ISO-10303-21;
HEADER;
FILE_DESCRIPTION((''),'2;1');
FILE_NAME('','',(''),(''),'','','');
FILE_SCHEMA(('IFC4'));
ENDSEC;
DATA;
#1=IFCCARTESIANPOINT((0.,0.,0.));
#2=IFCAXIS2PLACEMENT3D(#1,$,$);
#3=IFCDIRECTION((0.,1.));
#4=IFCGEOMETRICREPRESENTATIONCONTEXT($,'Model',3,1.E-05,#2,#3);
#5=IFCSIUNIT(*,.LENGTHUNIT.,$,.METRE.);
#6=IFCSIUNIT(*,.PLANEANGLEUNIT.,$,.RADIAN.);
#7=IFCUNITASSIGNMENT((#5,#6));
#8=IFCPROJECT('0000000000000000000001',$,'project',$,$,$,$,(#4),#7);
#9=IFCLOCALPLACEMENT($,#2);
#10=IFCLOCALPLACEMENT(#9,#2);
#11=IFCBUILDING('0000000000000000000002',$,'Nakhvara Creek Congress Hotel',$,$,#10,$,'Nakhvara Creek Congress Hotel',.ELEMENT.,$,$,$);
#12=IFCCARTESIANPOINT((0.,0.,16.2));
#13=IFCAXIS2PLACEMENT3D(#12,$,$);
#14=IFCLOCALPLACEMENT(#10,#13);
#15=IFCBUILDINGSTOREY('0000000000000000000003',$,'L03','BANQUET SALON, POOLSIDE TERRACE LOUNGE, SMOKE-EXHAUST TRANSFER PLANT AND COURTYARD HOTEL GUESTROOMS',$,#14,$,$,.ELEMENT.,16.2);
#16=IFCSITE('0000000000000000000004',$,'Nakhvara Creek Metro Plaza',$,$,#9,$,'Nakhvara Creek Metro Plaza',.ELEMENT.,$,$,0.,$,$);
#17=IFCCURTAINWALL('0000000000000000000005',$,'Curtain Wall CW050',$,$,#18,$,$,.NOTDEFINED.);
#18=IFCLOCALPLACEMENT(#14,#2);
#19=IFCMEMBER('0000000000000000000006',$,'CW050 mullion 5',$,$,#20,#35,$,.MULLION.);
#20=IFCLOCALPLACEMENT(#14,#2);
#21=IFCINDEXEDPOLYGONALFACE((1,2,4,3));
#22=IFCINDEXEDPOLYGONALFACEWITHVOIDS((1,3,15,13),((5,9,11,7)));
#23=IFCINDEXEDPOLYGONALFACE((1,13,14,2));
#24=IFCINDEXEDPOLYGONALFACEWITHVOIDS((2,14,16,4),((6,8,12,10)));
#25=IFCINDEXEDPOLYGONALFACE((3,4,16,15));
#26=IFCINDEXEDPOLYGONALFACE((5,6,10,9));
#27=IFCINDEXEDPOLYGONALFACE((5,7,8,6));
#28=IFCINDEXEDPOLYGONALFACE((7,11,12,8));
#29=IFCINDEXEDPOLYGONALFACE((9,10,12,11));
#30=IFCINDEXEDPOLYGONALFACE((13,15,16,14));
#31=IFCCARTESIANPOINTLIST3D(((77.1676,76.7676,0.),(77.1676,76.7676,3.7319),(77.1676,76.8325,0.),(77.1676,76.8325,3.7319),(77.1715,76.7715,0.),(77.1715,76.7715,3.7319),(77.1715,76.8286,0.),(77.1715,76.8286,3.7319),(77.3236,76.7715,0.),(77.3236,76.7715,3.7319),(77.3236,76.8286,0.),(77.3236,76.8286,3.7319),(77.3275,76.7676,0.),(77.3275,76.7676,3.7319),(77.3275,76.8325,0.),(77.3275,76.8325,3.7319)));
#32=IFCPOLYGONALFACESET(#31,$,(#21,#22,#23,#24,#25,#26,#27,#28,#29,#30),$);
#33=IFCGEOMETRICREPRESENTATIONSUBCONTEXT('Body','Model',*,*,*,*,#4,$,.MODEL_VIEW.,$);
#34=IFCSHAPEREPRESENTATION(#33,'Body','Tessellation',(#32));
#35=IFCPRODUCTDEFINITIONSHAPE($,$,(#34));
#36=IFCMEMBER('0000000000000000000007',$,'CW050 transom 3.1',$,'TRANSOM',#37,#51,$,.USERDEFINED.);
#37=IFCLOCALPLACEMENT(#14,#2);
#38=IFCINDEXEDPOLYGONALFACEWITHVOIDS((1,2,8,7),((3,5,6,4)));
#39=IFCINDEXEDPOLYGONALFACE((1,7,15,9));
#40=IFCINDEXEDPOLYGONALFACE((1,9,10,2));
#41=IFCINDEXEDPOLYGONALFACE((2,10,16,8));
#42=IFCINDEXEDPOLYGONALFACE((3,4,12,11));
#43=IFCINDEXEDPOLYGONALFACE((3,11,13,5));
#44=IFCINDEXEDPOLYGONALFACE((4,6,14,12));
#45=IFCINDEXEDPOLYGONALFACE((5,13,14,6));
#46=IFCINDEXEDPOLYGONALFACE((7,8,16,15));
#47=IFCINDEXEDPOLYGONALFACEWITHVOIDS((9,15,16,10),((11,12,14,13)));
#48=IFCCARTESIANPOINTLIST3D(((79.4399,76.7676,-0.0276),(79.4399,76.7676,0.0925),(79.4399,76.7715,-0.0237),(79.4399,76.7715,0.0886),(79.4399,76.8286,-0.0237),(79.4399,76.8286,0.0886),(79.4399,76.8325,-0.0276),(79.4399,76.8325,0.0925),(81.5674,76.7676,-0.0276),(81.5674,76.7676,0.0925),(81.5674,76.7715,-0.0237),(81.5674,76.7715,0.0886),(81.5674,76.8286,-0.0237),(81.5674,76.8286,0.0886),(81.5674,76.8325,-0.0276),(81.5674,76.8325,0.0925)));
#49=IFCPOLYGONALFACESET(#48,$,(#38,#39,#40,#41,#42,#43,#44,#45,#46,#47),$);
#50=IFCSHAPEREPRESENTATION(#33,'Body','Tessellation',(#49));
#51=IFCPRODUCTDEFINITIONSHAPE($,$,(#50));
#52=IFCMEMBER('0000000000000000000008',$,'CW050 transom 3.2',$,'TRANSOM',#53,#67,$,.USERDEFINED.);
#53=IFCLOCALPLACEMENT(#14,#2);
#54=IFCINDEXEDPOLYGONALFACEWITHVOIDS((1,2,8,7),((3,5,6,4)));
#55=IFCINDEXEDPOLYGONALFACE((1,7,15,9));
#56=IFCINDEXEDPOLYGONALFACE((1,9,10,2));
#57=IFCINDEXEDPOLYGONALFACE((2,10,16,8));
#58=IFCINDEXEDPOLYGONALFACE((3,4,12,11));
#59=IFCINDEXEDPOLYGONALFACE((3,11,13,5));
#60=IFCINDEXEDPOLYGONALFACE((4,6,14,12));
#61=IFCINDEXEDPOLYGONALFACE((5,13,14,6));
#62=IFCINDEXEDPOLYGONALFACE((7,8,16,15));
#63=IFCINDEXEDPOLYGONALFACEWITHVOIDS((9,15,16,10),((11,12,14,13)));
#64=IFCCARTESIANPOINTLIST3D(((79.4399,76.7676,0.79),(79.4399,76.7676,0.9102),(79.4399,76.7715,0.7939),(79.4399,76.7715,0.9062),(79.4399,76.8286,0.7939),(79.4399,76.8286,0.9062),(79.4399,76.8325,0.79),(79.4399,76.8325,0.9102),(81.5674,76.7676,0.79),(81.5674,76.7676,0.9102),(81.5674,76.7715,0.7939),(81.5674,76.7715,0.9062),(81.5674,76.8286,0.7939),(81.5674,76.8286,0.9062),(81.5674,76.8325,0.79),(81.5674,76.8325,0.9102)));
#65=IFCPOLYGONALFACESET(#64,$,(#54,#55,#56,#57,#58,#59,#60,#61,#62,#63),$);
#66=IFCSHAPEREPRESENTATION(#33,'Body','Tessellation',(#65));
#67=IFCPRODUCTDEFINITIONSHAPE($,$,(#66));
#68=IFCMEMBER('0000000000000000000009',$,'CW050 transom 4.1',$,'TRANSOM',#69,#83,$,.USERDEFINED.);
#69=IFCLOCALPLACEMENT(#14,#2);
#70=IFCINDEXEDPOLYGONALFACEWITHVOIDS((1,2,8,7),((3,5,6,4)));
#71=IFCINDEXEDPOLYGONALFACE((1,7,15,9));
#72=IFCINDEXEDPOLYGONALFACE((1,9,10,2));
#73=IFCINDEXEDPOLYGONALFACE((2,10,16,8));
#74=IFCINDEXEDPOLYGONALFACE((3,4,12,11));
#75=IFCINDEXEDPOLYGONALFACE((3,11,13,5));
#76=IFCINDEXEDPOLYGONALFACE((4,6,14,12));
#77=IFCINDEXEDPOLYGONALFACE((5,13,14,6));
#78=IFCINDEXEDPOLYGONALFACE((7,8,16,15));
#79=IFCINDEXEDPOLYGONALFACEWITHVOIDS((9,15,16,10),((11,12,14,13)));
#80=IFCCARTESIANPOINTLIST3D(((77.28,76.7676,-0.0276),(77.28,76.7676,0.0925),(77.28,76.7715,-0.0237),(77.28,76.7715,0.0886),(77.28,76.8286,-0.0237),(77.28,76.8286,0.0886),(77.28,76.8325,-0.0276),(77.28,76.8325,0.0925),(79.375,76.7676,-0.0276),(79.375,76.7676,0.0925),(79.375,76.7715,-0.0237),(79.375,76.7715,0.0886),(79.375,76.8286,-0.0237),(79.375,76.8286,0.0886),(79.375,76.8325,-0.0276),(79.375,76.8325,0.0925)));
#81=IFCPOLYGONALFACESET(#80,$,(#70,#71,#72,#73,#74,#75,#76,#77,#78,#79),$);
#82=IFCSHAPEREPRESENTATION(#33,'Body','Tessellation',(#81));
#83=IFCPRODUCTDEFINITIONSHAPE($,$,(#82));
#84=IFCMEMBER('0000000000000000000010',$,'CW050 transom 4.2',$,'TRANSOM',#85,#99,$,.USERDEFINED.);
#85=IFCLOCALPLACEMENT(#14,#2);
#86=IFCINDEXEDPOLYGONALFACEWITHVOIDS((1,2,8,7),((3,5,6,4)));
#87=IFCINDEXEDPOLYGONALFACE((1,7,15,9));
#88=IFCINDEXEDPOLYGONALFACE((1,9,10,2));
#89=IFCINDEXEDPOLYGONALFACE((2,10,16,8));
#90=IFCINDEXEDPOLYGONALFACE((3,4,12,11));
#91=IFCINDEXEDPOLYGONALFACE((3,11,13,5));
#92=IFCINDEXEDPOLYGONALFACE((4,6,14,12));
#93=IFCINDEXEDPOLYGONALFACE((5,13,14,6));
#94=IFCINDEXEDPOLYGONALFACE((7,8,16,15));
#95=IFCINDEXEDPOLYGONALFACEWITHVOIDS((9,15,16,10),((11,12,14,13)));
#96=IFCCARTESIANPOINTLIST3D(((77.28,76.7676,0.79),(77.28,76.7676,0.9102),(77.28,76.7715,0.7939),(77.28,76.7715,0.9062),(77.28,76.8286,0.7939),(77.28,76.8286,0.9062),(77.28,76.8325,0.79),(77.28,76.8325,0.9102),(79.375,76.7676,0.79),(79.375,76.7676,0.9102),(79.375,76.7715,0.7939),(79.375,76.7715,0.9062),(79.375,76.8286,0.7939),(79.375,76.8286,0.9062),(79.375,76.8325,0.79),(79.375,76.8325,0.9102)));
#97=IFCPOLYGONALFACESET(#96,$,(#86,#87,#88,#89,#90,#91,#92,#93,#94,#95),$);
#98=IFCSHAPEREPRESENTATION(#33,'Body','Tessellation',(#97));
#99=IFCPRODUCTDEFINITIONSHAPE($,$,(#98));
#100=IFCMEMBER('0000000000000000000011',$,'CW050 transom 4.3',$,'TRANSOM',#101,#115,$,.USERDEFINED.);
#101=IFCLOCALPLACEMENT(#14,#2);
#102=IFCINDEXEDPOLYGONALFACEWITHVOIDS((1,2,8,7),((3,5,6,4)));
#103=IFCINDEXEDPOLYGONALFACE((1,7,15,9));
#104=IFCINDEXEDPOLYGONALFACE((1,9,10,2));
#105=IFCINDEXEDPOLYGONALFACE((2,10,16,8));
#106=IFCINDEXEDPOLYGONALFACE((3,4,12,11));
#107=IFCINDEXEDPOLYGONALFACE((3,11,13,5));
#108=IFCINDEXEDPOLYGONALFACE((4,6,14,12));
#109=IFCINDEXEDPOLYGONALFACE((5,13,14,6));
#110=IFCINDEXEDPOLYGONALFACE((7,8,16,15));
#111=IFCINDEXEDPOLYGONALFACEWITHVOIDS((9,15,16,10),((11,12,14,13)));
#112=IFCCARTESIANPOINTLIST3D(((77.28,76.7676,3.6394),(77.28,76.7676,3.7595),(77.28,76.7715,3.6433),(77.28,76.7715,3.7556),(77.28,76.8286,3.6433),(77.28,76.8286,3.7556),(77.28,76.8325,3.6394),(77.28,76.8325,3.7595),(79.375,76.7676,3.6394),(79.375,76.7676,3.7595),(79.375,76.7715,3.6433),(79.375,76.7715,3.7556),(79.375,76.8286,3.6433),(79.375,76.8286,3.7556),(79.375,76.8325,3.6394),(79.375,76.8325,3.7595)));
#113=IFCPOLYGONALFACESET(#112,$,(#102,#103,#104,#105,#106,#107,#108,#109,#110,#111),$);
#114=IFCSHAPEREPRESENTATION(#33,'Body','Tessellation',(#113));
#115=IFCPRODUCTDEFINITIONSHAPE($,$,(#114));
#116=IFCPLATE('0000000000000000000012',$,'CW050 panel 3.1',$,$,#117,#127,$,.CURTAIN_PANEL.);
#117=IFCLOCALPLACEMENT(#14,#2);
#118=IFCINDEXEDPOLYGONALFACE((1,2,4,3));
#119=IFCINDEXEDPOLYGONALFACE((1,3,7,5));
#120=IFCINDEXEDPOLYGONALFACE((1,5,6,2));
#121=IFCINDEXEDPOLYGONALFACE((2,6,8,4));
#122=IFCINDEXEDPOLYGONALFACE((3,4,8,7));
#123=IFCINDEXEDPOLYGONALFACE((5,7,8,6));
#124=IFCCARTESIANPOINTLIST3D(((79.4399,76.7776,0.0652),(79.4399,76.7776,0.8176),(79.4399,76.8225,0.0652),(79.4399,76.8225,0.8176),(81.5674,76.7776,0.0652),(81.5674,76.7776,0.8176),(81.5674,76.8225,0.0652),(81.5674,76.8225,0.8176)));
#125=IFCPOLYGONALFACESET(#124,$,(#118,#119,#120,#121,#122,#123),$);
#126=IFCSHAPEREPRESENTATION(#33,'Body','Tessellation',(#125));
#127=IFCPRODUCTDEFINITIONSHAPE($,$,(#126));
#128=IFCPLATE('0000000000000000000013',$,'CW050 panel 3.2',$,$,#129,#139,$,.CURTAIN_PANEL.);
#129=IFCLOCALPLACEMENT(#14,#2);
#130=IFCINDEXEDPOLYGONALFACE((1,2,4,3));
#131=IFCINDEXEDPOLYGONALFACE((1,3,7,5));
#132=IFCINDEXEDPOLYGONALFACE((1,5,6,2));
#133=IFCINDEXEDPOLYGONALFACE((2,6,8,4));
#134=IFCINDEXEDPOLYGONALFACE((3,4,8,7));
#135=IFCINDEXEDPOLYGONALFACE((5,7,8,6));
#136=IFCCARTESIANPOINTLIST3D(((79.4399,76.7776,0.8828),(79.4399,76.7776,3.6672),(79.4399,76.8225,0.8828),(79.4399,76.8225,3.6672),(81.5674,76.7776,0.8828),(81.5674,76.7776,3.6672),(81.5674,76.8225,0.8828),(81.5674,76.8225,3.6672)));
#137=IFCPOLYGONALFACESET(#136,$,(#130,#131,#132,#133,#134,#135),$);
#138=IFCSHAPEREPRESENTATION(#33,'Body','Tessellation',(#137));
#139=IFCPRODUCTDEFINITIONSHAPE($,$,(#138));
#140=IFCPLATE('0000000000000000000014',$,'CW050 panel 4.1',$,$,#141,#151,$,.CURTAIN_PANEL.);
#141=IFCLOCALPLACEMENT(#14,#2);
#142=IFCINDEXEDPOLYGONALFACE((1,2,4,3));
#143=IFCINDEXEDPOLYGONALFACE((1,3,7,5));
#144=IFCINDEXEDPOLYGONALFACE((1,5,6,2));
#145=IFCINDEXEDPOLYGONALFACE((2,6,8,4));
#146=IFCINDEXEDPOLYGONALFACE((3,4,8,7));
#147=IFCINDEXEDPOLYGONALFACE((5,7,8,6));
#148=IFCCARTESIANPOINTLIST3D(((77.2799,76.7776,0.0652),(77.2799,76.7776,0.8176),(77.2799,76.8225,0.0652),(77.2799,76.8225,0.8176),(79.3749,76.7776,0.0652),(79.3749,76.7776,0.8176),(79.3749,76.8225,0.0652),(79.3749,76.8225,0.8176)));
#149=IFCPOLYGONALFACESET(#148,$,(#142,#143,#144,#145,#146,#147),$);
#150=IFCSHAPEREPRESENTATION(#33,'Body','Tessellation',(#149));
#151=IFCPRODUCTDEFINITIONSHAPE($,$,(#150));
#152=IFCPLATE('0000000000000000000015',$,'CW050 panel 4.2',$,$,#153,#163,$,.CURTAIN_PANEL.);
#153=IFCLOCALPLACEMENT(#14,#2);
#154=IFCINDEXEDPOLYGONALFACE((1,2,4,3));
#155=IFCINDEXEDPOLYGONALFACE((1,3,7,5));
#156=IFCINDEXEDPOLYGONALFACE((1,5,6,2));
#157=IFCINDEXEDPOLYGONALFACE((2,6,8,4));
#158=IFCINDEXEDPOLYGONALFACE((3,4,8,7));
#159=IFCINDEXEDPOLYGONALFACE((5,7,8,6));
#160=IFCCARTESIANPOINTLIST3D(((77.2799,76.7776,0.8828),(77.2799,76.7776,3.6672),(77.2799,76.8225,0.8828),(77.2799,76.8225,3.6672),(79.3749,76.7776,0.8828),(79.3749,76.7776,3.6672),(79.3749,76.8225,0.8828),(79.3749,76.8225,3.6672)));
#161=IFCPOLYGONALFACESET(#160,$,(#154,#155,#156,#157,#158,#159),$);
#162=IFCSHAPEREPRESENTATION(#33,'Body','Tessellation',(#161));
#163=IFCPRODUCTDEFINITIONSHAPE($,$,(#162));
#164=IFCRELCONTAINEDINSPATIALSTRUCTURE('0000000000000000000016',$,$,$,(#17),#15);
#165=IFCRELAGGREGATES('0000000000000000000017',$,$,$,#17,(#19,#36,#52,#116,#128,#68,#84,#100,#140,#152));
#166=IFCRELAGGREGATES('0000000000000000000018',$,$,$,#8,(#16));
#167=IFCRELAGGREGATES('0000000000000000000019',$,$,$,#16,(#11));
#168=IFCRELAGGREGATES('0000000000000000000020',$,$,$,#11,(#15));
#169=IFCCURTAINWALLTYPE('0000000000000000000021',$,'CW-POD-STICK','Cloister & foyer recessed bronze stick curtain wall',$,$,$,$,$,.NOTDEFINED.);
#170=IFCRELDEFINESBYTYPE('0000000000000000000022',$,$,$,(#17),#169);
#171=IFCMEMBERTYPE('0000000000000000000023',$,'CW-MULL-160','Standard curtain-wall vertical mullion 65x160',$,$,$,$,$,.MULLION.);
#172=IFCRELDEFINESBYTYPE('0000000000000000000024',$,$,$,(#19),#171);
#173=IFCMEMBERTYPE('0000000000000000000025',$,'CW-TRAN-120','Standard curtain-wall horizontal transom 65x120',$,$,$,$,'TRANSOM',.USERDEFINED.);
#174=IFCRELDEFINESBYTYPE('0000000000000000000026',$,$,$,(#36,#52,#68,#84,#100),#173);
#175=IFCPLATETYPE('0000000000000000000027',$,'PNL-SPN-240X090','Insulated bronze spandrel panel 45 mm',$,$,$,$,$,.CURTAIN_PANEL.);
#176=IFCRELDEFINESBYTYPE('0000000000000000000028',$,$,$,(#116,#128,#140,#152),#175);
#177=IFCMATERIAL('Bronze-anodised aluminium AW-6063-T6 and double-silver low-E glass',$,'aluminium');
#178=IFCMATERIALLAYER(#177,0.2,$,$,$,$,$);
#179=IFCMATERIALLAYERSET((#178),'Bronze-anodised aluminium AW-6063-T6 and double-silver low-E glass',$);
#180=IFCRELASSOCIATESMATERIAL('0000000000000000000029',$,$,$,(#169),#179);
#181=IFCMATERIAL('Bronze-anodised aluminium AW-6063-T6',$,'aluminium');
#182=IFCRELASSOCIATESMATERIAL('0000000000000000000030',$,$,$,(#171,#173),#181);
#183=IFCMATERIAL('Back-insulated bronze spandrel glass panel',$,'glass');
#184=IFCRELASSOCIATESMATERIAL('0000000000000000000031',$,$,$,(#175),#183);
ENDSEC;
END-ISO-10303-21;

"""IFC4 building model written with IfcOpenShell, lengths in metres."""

from ifc_helpers import new_model, si_unit, direction, frame, origin, origin_2d, place, context, subcontext, project, spatial, rectangle, hollow_rectangle, extrude, material, layer, layer_set, material_profile, profile_set, type_object, element, aggregate, save


model = new_model("IFC4")

# Units and contexts
model_context = context("Model", 3, precision=1e-05, world=origin(), true_north=direction((0.0, 1.0)))
body_context = subcontext(model_context, "Body", "Model", "MODEL_VIEW")
ifc_project = project(units=[si_unit("LENGTHUNIT", "METRE"), si_unit("PLANEANGLEUNIT", "RADIAN")], contexts=[model_context])

# Site, building, storey
site_placement = place(None, origin())
site = spatial("IfcSite", under=ifc_project, at=site_placement, Name="Nakhvara Creek Metro Plaza", LongName="Nakhvara Creek Metro Plaza", CompositionType="ELEMENT", RefElevation=0.0)
building_placement = place(site_placement, origin())
building = spatial("IfcBuilding", under=site, at=building_placement, Name="Nakhvara Creek Congress Hotel", LongName="Nakhvara Creek Congress Hotel", CompositionType="ELEMENT")
storey_placement = place(building_placement, frame((0.0, 0.0, 16.2)))
storey = spatial("IfcBuildingStorey", under=building, at=storey_placement, Name="L03", Description="BANQUET SALON, POOLSIDE TERRACE LOUNGE, SMOKE-EXHAUST TRANSFER PLANT AND COURTYARD HOTEL GUESTROOMS", CompositionType="ELEMENT", Elevation=16.2)

# Curtain wall, members, plates
ifc_material_1 = material(Name="Bronze-anodised aluminium AW-6063-T6 and double-silver low-E glass", Category="aluminium")
ifc_layer_1 = layer(ifc_material_1, 0.2)
ifc_layer_set_1 = layer_set([ifc_layer_1], Name="Bronze-anodised aluminium AW-6063-T6 and double-silver low-E glass")
curtain_wall_type = type_object("IfcCurtainWallType", Name="CW-POD-STICK", Description="Cloister & foyer recessed bronze stick curtain wall", PredefinedType="NOTDEFINED", material=ifc_layer_set_1)
curtain_wall_placement = place(storey_placement, origin())
curtain_wall = element("IfcCurtainWall", 1, at=curtain_wall_placement, inside=storey, type_object=curtain_wall_type, Name="Curtain Wall CW050", PredefinedType="NOTDEFINED")
ifc_material_2 = material(Name="Bronze-anodised aluminium AW-6063-T6", Category="aluminium")
ifc_material_profile_1 = material_profile(ifc_material_2, hollow_rectangle(XDim=0.0649, YDim=0.1599, WallThickness=0.0039, at=origin_2d()), Name="ALU-MULL 65x160x4", Category="LoadBearing")
ifc_profile_set_1 = profile_set([ifc_material_profile_1], Name="Bronze-anodised aluminium AW-6063-T6")
member_type_1 = type_object("IfcMemberType", Name="CW-MULL-160", Description="Standard curtain-wall vertical mullion 65x160", PredefinedType="MULLION", material=ifc_profile_set_1)
member_1_placement = place(storey_placement, frame((77.2476, 76.8, 0.0), z_axis=(0.0, 0.0, 1.0), x_axis=(0.0, -1.0, 0.0)))
member_1 = element("IfcMember", 2, at=member_1_placement, type_object=member_type_1, Name="CW050 mullion 5", PredefinedType="MULLION", context=body_context, shape_type="SweptSolid", body=[
    extrude(hollow_rectangle(XDim=0.0649, YDim=0.1599, WallThickness=0.0039, at=origin_2d()), origin(), (0.0, 0.0, 1.0), 3.7319),
])
ifc_material_profile_2 = material_profile(ifc_material_2, hollow_rectangle(XDim=0.0649, YDim=0.1201, WallThickness=0.0039, at=origin_2d()), Name="ALU-TRAN 65x120x4", Category="LoadBearing")
ifc_profile_set_2 = profile_set([ifc_material_profile_2], Name="Bronze-anodised aluminium AW-6063-T6")
member_type_2 = type_object("IfcMemberType", Name="CW-TRAN-120", Description="Standard curtain-wall horizontal transom 65x120", ElementType="TRANSOM", PredefinedType="USERDEFINED", material=ifc_profile_set_2)
member_2_placement = place(storey_placement, frame((81.5674, 76.8, 0.0325), z_axis=(-1.0, 0.0, 0.0), x_axis=(0.0, -1.0, 0.0)))
member_2 = element("IfcMember", 3, at=member_2_placement, type_object=member_type_2, Name="CW050 transom 3.1", ObjectType="TRANSOM", PredefinedType="USERDEFINED", context=body_context, shape_type="SweptSolid", body=[
    extrude(hollow_rectangle(XDim=0.0649, YDim=0.1201, WallThickness=0.0039, at=origin_2d()), origin(), (0.0, 0.0, 1.0), 2.1274),
])
member_3_placement = place(storey_placement, frame((81.5674, 76.8, 0.8501), z_axis=(-1.0, 0.0, 0.0), x_axis=(0.0, -1.0, 0.0)))
member_3 = element("IfcMember", 4, at=member_3_placement, type_object=member_type_2, Name="CW050 transom 3.2", ObjectType="TRANSOM", PredefinedType="USERDEFINED", context=body_context, shape_type="SweptSolid", body=[
    extrude(hollow_rectangle(XDim=0.0649, YDim=0.1201, WallThickness=0.0039, at=origin_2d()), origin(), (0.0, 0.0, 1.0), 2.1274),
])
member_4_placement = place(storey_placement, frame((79.375, 76.8, 0.0325), z_axis=(-1.0, 0.0, 0.0), x_axis=(0.0, -1.0, 0.0)))
member_4 = element("IfcMember", 5, at=member_4_placement, type_object=member_type_2, Name="CW050 transom 4.1", ObjectType="TRANSOM", PredefinedType="USERDEFINED", context=body_context, shape_type="SweptSolid", body=[
    extrude(hollow_rectangle(XDim=0.0649, YDim=0.1201, WallThickness=0.0039, at=origin_2d()), origin(), (0.0, 0.0, 1.0), 2.095),
])
member_5_placement = place(storey_placement, frame((79.375, 76.8, 0.8501), z_axis=(-1.0, 0.0, 0.0), x_axis=(0.0, -1.0, 0.0)))
member_5 = element("IfcMember", 6, at=member_5_placement, type_object=member_type_2, Name="CW050 transom 4.2", ObjectType="TRANSOM", PredefinedType="USERDEFINED", context=body_context, shape_type="SweptSolid", body=[
    extrude(hollow_rectangle(XDim=0.0649, YDim=0.1201, WallThickness=0.0039, at=origin_2d()), origin(), (0.0, 0.0, 1.0), 2.095),
])
member_6_placement = place(storey_placement, frame((79.375, 76.8, 3.6995), z_axis=(-1.0, 0.0, 0.0), x_axis=(0.0, -1.0, 0.0)))
member_6 = element("IfcMember", 7, at=member_6_placement, type_object=member_type_2, Name="CW050 transom 4.3", ObjectType="TRANSOM", PredefinedType="USERDEFINED", context=body_context, shape_type="SweptSolid", body=[
    extrude(hollow_rectangle(XDim=0.0649, YDim=0.1201, WallThickness=0.0039, at=origin_2d()), origin(), (0.0, 0.0, 1.0), 2.095),
])
ifc_material_3 = material(Name="Back-insulated bronze spandrel glass panel", Category="glass")
plate_type = type_object("IfcPlateType", Name="PNL-SPN-240X090", Description="Insulated bronze spandrel panel 45 mm", PredefinedType="CURTAIN_PANEL", material=ifc_material_3)
plate_1_placement = place(storey_placement, frame((80.5037, 76.8, 0.0652), z_axis=(0.0, 0.0, 1.0), x_axis=(-1.0, 0.0, 0.0)))
plate_1 = element("IfcPlate", 8, at=plate_1_placement, type_object=plate_type, Name="CW050 panel 3.1", PredefinedType="CURTAIN_PANEL", context=body_context, shape_type="SweptSolid", body=[
    extrude(rectangle(XDim=2.1274, YDim=0.0449, at=origin_2d()), origin(), (0.0, 0.0, 1.0), 0.7524),
])
plate_2_placement = place(storey_placement, frame((80.5037, 76.8, 0.8828), z_axis=(0.0, 0.0, 1.0), x_axis=(-1.0, 0.0, 0.0)))
plate_2 = element("IfcPlate", 9, at=plate_2_placement, type_object=plate_type, Name="CW050 panel 3.2", PredefinedType="CURTAIN_PANEL", context=body_context, shape_type="SweptSolid", body=[
    extrude(rectangle(XDim=2.1274, YDim=0.0449, at=origin_2d()), origin(), (0.0, 0.0, 1.0), 2.7844),
])
plate_3_placement = place(storey_placement, frame((78.3274, 76.8, 0.0652), z_axis=(0.0, 0.0, 1.0), x_axis=(-1.0, 0.0, 0.0)))
plate_3 = element("IfcPlate", 10, at=plate_3_placement, type_object=plate_type, Name="CW050 panel 4.1", PredefinedType="CURTAIN_PANEL", context=body_context, shape_type="SweptSolid", body=[
    extrude(rectangle(XDim=2.095, YDim=0.0449, at=origin_2d()), origin(), (0.0, 0.0, 1.0), 0.7524),
])
plate_4_placement = place(storey_placement, frame((78.3274, 76.8, 0.8828), z_axis=(0.0, 0.0, 1.0), x_axis=(-1.0, 0.0, 0.0)))
plate_4 = element("IfcPlate", 11, at=plate_4_placement, type_object=plate_type, Name="CW050 panel 4.2", PredefinedType="CURTAIN_PANEL", context=body_context, shape_type="SweptSolid", body=[
    extrude(rectangle(XDim=2.095, YDim=0.0449, at=origin_2d()), origin(), (0.0, 0.0, 1.0), 2.7844),
])
aggregate(curtain_wall, [member_1, member_2, member_3, plate_1, plate_2, member_4, member_5, member_6, plate_3, plate_4])

save(model, "model.ifc")
